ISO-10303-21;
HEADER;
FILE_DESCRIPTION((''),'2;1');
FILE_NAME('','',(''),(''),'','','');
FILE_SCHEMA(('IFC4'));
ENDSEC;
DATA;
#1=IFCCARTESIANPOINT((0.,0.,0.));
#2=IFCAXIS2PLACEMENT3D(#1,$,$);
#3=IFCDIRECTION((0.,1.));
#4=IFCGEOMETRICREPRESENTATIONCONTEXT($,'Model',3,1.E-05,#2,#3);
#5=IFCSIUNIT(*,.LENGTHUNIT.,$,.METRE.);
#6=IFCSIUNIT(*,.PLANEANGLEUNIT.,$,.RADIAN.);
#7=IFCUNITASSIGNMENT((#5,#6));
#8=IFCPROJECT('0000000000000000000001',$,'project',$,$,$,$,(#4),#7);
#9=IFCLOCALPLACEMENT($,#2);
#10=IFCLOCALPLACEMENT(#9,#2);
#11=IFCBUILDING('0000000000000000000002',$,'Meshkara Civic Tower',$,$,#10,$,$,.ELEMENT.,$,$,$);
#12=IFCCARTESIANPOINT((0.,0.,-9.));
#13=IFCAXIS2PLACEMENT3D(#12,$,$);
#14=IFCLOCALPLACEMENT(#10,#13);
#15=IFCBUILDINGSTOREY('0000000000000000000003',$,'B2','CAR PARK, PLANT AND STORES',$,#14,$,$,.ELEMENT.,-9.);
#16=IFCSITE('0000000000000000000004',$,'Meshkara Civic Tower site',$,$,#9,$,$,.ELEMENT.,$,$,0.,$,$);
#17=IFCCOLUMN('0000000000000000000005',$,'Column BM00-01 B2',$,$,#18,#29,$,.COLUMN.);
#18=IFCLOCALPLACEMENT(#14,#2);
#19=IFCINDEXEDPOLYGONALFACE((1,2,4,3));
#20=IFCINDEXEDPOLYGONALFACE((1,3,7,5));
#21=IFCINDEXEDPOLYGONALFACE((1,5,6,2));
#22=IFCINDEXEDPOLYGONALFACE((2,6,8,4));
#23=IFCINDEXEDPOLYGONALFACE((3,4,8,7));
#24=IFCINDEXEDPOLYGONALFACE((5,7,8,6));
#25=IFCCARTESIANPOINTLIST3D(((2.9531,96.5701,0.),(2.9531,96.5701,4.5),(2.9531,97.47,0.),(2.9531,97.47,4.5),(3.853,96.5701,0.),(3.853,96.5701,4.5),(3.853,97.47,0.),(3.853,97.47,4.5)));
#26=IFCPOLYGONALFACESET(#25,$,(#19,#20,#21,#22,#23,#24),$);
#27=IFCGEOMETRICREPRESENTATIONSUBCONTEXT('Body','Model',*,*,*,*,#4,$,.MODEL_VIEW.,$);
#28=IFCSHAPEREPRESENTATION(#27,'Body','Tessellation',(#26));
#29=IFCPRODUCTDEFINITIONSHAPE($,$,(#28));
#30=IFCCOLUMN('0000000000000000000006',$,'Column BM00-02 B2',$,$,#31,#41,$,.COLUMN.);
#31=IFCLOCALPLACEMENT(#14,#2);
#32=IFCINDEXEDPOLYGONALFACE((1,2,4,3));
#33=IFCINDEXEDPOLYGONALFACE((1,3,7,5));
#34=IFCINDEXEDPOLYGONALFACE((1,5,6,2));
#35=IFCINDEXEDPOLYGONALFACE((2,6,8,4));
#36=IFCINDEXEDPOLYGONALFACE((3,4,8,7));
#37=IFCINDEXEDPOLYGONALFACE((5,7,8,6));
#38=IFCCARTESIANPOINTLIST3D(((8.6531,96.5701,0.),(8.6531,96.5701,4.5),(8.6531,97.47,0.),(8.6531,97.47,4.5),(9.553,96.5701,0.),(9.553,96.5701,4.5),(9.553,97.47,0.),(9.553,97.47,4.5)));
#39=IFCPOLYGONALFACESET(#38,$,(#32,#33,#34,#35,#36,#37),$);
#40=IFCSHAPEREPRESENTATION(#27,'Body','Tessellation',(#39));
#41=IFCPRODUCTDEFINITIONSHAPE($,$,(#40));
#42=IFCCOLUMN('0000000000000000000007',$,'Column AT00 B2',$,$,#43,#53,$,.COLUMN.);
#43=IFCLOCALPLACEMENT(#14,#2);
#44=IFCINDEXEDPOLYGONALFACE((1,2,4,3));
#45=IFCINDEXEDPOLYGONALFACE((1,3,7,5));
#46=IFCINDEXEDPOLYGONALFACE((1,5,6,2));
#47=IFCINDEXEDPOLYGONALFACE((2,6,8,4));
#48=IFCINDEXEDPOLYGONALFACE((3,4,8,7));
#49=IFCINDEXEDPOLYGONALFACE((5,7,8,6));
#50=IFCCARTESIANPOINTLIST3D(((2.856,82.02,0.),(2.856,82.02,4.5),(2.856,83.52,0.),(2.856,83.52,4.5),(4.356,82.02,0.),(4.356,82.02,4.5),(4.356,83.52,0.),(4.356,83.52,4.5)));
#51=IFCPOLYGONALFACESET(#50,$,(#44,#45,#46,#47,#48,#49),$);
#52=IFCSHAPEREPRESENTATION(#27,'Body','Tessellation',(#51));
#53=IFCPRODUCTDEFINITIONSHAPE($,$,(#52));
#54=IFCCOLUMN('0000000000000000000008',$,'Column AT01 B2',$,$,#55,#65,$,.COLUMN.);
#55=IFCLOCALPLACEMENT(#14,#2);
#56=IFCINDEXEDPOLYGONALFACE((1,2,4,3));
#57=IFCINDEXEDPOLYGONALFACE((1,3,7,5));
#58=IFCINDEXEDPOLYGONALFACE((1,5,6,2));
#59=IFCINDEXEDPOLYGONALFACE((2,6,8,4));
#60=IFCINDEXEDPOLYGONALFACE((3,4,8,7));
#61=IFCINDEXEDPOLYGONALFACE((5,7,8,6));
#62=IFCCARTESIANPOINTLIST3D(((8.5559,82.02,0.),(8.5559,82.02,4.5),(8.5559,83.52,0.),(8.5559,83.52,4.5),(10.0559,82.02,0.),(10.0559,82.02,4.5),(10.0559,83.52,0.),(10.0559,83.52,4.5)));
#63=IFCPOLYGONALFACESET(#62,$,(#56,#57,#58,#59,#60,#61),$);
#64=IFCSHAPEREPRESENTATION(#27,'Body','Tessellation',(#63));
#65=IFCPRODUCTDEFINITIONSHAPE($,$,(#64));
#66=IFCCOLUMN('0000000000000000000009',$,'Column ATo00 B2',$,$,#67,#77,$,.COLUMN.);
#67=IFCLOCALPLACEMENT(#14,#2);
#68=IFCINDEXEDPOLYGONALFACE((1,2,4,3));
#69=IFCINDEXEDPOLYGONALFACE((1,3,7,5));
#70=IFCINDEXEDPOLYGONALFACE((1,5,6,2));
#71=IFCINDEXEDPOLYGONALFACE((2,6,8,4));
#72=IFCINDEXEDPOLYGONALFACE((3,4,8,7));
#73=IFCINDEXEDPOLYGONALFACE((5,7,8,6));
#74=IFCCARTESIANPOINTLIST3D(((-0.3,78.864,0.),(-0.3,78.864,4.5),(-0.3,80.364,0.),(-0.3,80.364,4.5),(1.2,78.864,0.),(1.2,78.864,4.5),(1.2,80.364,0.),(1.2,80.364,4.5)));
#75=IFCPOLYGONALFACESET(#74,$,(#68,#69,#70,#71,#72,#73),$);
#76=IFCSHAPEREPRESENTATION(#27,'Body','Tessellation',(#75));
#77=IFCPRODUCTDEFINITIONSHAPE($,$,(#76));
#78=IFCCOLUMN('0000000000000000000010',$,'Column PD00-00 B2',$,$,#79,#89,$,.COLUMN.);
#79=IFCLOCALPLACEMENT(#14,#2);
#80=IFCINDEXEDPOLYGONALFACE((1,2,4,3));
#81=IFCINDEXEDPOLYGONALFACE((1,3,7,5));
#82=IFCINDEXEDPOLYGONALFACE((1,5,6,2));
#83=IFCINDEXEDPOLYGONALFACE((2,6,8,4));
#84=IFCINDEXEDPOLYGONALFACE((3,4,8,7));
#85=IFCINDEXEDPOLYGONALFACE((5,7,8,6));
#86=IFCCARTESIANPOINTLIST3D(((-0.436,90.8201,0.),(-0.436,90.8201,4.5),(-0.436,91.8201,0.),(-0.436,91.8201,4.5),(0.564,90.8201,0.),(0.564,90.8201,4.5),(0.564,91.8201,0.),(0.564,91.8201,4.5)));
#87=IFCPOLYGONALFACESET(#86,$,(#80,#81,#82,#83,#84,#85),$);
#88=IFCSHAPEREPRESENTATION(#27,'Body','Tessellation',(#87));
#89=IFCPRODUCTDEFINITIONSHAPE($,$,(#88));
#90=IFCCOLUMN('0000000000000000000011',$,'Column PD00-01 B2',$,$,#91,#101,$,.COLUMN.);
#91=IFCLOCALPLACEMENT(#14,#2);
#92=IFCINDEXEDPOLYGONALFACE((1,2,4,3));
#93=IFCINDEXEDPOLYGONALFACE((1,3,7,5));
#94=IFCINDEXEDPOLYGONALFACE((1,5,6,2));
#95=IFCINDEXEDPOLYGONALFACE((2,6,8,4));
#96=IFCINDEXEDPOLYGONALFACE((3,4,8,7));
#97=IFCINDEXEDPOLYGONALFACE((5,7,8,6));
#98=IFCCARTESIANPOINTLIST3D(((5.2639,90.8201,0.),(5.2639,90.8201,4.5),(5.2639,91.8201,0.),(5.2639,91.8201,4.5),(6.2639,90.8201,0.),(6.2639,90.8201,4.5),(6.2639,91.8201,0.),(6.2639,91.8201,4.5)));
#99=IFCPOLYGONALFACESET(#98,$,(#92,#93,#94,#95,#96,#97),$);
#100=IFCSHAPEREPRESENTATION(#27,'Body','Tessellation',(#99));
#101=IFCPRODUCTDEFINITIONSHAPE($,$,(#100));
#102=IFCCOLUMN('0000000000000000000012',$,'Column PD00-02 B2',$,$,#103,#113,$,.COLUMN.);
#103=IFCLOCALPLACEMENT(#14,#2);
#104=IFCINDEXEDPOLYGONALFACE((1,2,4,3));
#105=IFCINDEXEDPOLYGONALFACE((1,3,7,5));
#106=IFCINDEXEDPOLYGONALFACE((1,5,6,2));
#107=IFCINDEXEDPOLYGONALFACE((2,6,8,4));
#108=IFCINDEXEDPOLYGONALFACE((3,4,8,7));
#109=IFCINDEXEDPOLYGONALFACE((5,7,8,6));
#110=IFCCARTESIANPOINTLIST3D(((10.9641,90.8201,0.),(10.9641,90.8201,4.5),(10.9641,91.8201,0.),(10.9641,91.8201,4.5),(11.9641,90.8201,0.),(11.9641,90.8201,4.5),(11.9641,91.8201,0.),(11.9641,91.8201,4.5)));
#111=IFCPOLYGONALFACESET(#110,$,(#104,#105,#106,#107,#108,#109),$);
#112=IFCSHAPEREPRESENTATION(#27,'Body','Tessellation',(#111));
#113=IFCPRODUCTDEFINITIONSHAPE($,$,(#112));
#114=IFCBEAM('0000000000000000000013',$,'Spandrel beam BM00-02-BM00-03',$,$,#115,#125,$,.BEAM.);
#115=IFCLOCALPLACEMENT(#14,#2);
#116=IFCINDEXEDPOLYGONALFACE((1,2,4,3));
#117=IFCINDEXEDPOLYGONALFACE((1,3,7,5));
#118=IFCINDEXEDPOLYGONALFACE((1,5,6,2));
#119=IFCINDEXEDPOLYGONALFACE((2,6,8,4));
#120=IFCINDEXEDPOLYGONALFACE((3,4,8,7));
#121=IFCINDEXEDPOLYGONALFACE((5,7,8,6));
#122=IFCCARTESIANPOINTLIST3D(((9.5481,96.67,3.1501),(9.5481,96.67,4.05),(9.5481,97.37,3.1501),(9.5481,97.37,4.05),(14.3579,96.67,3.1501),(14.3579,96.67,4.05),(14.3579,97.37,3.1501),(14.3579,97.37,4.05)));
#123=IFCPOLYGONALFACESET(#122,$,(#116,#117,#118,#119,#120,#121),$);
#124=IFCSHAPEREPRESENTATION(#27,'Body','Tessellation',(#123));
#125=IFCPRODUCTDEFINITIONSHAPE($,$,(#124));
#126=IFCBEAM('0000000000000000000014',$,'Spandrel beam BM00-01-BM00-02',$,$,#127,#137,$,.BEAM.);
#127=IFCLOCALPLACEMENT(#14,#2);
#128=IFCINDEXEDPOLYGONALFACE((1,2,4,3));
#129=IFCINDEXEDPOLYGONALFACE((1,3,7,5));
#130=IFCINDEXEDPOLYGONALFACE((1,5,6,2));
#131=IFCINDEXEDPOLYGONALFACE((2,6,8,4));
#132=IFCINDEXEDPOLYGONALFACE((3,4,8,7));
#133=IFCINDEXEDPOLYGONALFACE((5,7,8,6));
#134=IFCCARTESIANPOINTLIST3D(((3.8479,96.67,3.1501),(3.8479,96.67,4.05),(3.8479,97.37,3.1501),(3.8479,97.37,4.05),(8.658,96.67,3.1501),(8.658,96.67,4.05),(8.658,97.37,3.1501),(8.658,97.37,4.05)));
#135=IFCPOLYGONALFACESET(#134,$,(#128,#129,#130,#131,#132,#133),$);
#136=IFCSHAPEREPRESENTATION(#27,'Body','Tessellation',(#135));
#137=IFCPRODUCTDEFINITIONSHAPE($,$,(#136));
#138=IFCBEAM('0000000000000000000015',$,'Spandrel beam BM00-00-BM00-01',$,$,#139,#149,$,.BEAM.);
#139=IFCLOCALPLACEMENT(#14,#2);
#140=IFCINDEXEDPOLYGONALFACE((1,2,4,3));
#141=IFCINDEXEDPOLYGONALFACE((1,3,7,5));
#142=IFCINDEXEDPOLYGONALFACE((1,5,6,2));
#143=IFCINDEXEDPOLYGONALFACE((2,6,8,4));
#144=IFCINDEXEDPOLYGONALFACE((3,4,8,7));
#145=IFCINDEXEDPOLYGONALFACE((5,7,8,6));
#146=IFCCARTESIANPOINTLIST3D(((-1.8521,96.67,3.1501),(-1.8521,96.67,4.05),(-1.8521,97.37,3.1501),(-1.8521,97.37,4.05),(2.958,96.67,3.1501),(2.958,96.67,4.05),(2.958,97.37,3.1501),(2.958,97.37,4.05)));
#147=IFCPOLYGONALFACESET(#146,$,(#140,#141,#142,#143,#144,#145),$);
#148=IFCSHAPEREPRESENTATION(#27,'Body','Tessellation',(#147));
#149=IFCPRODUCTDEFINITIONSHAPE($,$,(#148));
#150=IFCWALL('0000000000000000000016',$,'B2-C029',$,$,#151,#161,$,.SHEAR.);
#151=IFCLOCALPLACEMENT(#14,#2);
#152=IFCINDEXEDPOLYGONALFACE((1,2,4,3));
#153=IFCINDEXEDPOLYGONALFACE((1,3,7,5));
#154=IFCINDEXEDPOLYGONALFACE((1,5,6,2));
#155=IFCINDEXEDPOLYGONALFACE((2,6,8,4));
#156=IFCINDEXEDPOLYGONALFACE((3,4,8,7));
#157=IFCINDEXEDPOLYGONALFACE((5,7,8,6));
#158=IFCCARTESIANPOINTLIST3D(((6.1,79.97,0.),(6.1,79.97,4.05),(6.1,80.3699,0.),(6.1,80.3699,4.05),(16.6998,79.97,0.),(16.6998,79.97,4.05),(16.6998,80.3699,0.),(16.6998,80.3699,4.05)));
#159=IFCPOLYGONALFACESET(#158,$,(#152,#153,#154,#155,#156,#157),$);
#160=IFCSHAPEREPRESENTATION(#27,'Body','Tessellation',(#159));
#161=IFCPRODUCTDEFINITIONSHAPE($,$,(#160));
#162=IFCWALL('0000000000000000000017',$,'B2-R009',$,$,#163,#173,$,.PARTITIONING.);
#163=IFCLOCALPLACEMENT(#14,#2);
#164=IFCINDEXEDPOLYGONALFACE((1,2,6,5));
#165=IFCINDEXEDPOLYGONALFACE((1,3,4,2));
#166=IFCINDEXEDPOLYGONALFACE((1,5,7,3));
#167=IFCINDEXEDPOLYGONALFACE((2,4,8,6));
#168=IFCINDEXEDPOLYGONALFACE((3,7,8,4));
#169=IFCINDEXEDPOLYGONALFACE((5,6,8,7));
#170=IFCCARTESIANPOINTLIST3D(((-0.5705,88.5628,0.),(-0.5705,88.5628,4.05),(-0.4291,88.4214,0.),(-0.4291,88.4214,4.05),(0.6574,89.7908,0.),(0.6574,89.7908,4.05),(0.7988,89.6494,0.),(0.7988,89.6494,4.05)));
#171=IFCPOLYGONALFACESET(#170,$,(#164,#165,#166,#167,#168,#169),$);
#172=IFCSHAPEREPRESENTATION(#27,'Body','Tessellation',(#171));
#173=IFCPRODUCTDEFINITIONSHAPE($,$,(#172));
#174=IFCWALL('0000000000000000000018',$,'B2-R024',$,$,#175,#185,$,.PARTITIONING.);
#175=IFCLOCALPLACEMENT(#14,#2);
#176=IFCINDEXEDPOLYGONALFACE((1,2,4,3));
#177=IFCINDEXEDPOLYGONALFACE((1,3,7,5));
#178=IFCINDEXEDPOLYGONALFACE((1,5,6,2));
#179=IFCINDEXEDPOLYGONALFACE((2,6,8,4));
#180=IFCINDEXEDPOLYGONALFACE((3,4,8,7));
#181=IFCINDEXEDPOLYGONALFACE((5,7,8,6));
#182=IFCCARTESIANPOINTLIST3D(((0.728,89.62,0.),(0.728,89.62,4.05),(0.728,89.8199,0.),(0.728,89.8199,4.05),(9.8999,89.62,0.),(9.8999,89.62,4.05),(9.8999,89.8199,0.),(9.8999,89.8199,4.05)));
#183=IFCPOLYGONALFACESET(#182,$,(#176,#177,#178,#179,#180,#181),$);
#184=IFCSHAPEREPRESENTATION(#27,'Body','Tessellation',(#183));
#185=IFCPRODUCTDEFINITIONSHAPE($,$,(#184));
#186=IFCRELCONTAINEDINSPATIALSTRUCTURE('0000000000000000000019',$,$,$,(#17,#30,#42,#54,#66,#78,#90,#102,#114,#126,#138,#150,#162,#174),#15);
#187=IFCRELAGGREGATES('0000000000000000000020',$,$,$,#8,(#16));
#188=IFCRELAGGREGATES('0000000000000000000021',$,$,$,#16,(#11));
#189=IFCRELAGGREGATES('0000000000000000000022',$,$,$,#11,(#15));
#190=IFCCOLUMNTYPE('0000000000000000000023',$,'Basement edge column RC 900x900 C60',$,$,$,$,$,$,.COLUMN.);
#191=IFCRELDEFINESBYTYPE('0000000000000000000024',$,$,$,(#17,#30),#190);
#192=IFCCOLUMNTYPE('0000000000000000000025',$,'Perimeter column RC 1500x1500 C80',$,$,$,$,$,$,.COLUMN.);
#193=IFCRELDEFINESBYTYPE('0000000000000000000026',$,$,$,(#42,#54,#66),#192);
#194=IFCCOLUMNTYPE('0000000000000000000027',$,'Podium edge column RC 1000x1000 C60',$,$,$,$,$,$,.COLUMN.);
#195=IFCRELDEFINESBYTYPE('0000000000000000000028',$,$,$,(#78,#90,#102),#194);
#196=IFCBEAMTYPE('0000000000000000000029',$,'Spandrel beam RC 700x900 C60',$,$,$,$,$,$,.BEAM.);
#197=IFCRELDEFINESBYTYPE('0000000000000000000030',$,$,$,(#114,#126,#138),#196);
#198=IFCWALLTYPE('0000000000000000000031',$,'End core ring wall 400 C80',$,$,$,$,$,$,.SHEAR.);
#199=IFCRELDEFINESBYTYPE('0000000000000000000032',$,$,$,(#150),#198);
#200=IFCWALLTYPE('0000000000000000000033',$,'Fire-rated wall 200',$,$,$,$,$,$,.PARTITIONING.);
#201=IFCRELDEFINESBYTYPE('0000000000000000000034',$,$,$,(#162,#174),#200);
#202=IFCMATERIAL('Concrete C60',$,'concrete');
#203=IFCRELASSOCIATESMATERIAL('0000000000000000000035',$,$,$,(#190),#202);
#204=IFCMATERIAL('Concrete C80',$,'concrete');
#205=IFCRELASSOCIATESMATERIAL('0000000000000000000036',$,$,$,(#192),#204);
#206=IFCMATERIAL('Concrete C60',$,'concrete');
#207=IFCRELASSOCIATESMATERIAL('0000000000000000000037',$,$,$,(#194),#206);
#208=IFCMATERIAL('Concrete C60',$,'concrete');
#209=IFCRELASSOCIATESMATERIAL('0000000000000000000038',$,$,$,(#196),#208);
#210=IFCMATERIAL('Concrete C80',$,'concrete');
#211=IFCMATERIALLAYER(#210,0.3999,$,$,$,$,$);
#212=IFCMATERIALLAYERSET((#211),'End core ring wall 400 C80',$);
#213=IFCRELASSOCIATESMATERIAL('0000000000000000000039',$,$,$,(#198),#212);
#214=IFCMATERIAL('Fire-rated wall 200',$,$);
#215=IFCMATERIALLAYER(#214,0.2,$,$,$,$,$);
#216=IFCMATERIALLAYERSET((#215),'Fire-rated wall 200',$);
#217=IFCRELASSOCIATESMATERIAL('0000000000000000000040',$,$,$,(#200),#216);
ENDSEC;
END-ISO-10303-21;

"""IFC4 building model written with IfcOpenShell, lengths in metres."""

from ifc_helpers import new_model, si_unit, direction, frame, frame_2d, origin, origin_2d, place, context, subcontext, project, spatial, rectangle, extrude, material, layer, layer_set, material_profile, profile_set, type_object, element, save


model = new_model("IFC4")

# Units and contexts
model_context = context("Model", 3, precision=1e-05, world=origin(), true_north=direction((0.0, 1.0)))
body_context = subcontext(model_context, "Body", "Model", "MODEL_VIEW")
ifc_project = project(units=[si_unit("LENGTHUNIT", "METRE"), si_unit("PLANEANGLEUNIT", "RADIAN")], contexts=[model_context])

# Site, building, storey
site_placement = place(None, origin())
site = spatial("IfcSite", under=ifc_project, at=site_placement, Name="Meshkara Civic Tower site", CompositionType="ELEMENT", RefElevation=0.0)
building_placement = place(site_placement, origin())
building = spatial("IfcBuilding", under=site, at=building_placement, Name="Meshkara Civic Tower", CompositionType="ELEMENT")
storey_placement = place(building_placement, frame((0.0, 0.0, -9.0)))
storey = spatial("IfcBuildingStorey", under=building, at=storey_placement, Name="B2", Description="CAR PARK, PLANT AND STORES", CompositionType="ELEMENT", Elevation=-9.0)

# Columns
ifc_material_1 = material(Name="Concrete C60", Category="concrete")
ifc_material_profile_1 = material_profile(ifc_material_1, rectangle(XDim=0.8999, YDim=0.8999, at=origin_2d()))
ifc_profile_set_1 = profile_set([ifc_material_profile_1], Name="Concrete C60")
column_type_1 = type_object("IfcColumnType", Name="Basement edge column RC 900x900 C60", PredefinedType="COLUMN", material=ifc_profile_set_1)
for number, where, z_axis, x_axis, name in (
    (1, (3.4031, 97.02, 0.0), (0.0, 0.0, 1.0), (1.0, 0.0, 0.0), "Column BM00-01 B2"),
    (2, (9.103, 97.02, 0.0), (0.0, 0.0, 1.0), (1.0, 0.0, 0.0), "Column BM00-02 B2"),
):
    element("IfcColumn", number, at=place(storey_placement, frame(where, z_axis=z_axis, x_axis=x_axis)), inside=storey, type_object=column_type_1, Name=name, PredefinedType="COLUMN", context=body_context, shape_type="SweptSolid", body=[
        extrude(rectangle(XDim=0.8999, YDim=0.8999, at=origin_2d()), origin(), (0.0, 0.0, 1.0), 4.5),
    ])
ifc_material_2 = material(Name="Concrete C80", Category="concrete")
ifc_material_profile_2 = material_profile(ifc_material_2, rectangle(XDim=1.5, YDim=1.5, at=origin_2d()))
ifc_profile_set_2 = profile_set([ifc_material_profile_2], Name="Concrete C80")
column_type_2 = type_object("IfcColumnType", Name="Perimeter column RC 1500x1500 C80", PredefinedType="COLUMN", material=ifc_profile_set_2)
for number, where, z_axis, x_axis, name in (
    (3, (3.606, 82.77, 0.0), (0.0, 0.0, 1.0), (1.0, 0.0, 0.0), "Column AT00 B2"),
    (4, (9.3059, 82.77, 0.0), (0.0, 0.0, 1.0), (1.0, 0.0, 0.0), "Column AT01 B2"),
    (5, (0.45, 79.614, 0.0), (0.0, 0.0, 1.0), (1.0, 0.0, 0.0), "Column ATo00 B2"),
):
    element("IfcColumn", number, at=place(storey_placement, frame(where, z_axis=z_axis, x_axis=x_axis)), inside=storey, type_object=column_type_2, Name=name, PredefinedType="COLUMN", context=body_context, shape_type="SweptSolid", body=[
        extrude(rectangle(XDim=1.5, YDim=1.5, at=origin_2d()), origin(), (0.0, 0.0, 1.0), 4.5),
    ])
ifc_material_3 = material(Name="Concrete C60", Category="concrete")
ifc_material_profile_3 = material_profile(ifc_material_3, rectangle(XDim=1.0, YDim=1.0, at=origin_2d()))
ifc_profile_set_3 = profile_set([ifc_material_profile_3], Name="Concrete C60")
column_type_3 = type_object("IfcColumnType", Name="Podium edge column RC 1000x1000 C60", PredefinedType="COLUMN", material=ifc_profile_set_3)
for number, where, z_axis, x_axis, name in (
    (6, (0.064, 91.3201, 0.0), (0.0, 0.0, 1.0), (1.0, 0.0, 0.0), "Column PD00-00 B2"),
    (7, (5.7639, 91.3201, 0.0), (0.0, 0.0, 1.0), (1.0, 0.0, 0.0), "Column PD00-01 B2"),
    (8, (11.4641, 91.3201, 0.0), (0.0, 0.0, 1.0), (1.0, 0.0, 0.0), "Column PD00-02 B2"),
):
    element("IfcColumn", number, at=place(storey_placement, frame(where, z_axis=z_axis, x_axis=x_axis)), inside=storey, type_object=column_type_3, Name=name, PredefinedType="COLUMN", context=body_context, shape_type="SweptSolid", body=[
        extrude(rectangle(XDim=1.0, YDim=1.0, at=origin_2d()), origin(), (0.0, 0.0, 1.0), 4.5),
    ])

# Beams
ifc_material_4 = material(Name="Concrete C60", Category="concrete")
ifc_material_profile_4 = material_profile(ifc_material_4, rectangle(XDim=0.7, YDim=0.8999, at=origin_2d()))
ifc_profile_set_4 = profile_set([ifc_material_profile_4], Name="Concrete C60")
beam_type = type_object("IfcBeamType", Name="Spandrel beam RC 700x900 C60", PredefinedType="BEAM", material=ifc_profile_set_4)
beam_placement = place(storey_placement, frame((14.3579, 97.02, 3.6001), z_axis=(-1.0, 0.0, 0.0), x_axis=(0.0, -1.0, 0.0)))
element("IfcBeam", 9, at=beam_placement, inside=storey, type_object=beam_type, Name="Spandrel beam BM00-02-BM00-03", PredefinedType="BEAM", context=body_context, shape_type="SweptSolid", body=[
    extrude(rectangle(XDim=0.7, YDim=0.8999, at=origin_2d()), origin(), (0.0, 0.0, 1.0), 4.8098),
])
for number, where, z_axis, x_axis, name in (
    (10, (8.658, 97.02, 3.6001), (-1.0, 0.0, 0.0), (0.0, -1.0, 0.0), "Spandrel beam BM00-01-BM00-02"),
    (11, (2.958, 97.02, 3.6001), (-1.0, 0.0, 0.0), (0.0, -1.0, 0.0), "Spandrel beam BM00-00-BM00-01"),
):
    element("IfcBeam", number, at=place(storey_placement, frame(where, z_axis=z_axis, x_axis=x_axis)), inside=storey, type_object=beam_type, Name=name, PredefinedType="BEAM", context=body_context, shape_type="SweptSolid", body=[
        extrude(rectangle(XDim=0.7, YDim=0.8999, at=origin_2d()), origin(), (0.0, 0.0, 1.0), 4.8101),
    ])

# Walls
ifc_material_5 = material(Name="Concrete C80", Category="concrete")
ifc_layer_1 = layer(ifc_material_5, 0.3999)
ifc_layer_set_1 = layer_set([ifc_layer_1], Name="End core ring wall 400 C80")
wall_type_1 = type_object("IfcWallType", Name="End core ring wall 400 C80", PredefinedType="SHEAR", material=ifc_layer_set_1)
wall_1_placement = place(storey_placement, frame((6.1001, 80.1699, 0.0), z_axis=(0.0, 0.0, 1.0), x_axis=(1.0, 0.0, 0.0)))
element("IfcWall", 12, at=wall_1_placement, inside=storey, type_object=wall_type_1, Name="B2-C029", PredefinedType="SHEAR", context=body_context, shape_type="SweptSolid", body=[
    extrude(rectangle(XDim=10.5999, YDim=0.3999, at=frame_2d((5.2998, 0.0))), origin(), (0.0, 0.0, 1.0), 4.05),
])
ifc_material_6 = material(Name="Fire-rated wall 200")
ifc_layer_2 = layer(ifc_material_6, 0.2)
ifc_layer_set_2 = layer_set([ifc_layer_2], Name="Fire-rated wall 200")
wall_type_2 = type_object("IfcWallType", Name="Fire-rated wall 200", PredefinedType="PARTITIONING", material=ifc_layer_set_2)
wall_2_placement = place(storey_placement, frame((0.728, 89.72, 0.0), z_axis=(0.0, 0.0, 1.0), x_axis=(-0.707107, -0.707107, 0.0)))
element("IfcWall", 13, at=wall_2_placement, inside=storey, type_object=wall_type_2, Name="B2-R009", PredefinedType="PARTITIONING", context=body_context, shape_type="SweptSolid", body=[
    extrude(rectangle(XDim=1.7366, YDim=0.2, at=frame_2d((0.8682, 0.0))), origin(), (0.0, 0.0, 1.0), 4.05),
])
wall_3_placement = place(storey_placement, frame((9.8999, 89.72, 0.0), z_axis=(0.0, 0.0, 1.0), x_axis=(-1.0, 0.0, 0.0)))
element("IfcWall", 14, at=wall_3_placement, inside=storey, type_object=wall_type_2, Name="B2-R024", PredefinedType="PARTITIONING", context=body_context, shape_type="SweptSolid", body=[
    extrude(rectangle(XDim=9.1719, YDim=0.2, at=frame_2d((4.5859, 0.0))), origin(), (0.0, 0.0, 1.0), 4.05),
])

save(model, "model.ifc")
